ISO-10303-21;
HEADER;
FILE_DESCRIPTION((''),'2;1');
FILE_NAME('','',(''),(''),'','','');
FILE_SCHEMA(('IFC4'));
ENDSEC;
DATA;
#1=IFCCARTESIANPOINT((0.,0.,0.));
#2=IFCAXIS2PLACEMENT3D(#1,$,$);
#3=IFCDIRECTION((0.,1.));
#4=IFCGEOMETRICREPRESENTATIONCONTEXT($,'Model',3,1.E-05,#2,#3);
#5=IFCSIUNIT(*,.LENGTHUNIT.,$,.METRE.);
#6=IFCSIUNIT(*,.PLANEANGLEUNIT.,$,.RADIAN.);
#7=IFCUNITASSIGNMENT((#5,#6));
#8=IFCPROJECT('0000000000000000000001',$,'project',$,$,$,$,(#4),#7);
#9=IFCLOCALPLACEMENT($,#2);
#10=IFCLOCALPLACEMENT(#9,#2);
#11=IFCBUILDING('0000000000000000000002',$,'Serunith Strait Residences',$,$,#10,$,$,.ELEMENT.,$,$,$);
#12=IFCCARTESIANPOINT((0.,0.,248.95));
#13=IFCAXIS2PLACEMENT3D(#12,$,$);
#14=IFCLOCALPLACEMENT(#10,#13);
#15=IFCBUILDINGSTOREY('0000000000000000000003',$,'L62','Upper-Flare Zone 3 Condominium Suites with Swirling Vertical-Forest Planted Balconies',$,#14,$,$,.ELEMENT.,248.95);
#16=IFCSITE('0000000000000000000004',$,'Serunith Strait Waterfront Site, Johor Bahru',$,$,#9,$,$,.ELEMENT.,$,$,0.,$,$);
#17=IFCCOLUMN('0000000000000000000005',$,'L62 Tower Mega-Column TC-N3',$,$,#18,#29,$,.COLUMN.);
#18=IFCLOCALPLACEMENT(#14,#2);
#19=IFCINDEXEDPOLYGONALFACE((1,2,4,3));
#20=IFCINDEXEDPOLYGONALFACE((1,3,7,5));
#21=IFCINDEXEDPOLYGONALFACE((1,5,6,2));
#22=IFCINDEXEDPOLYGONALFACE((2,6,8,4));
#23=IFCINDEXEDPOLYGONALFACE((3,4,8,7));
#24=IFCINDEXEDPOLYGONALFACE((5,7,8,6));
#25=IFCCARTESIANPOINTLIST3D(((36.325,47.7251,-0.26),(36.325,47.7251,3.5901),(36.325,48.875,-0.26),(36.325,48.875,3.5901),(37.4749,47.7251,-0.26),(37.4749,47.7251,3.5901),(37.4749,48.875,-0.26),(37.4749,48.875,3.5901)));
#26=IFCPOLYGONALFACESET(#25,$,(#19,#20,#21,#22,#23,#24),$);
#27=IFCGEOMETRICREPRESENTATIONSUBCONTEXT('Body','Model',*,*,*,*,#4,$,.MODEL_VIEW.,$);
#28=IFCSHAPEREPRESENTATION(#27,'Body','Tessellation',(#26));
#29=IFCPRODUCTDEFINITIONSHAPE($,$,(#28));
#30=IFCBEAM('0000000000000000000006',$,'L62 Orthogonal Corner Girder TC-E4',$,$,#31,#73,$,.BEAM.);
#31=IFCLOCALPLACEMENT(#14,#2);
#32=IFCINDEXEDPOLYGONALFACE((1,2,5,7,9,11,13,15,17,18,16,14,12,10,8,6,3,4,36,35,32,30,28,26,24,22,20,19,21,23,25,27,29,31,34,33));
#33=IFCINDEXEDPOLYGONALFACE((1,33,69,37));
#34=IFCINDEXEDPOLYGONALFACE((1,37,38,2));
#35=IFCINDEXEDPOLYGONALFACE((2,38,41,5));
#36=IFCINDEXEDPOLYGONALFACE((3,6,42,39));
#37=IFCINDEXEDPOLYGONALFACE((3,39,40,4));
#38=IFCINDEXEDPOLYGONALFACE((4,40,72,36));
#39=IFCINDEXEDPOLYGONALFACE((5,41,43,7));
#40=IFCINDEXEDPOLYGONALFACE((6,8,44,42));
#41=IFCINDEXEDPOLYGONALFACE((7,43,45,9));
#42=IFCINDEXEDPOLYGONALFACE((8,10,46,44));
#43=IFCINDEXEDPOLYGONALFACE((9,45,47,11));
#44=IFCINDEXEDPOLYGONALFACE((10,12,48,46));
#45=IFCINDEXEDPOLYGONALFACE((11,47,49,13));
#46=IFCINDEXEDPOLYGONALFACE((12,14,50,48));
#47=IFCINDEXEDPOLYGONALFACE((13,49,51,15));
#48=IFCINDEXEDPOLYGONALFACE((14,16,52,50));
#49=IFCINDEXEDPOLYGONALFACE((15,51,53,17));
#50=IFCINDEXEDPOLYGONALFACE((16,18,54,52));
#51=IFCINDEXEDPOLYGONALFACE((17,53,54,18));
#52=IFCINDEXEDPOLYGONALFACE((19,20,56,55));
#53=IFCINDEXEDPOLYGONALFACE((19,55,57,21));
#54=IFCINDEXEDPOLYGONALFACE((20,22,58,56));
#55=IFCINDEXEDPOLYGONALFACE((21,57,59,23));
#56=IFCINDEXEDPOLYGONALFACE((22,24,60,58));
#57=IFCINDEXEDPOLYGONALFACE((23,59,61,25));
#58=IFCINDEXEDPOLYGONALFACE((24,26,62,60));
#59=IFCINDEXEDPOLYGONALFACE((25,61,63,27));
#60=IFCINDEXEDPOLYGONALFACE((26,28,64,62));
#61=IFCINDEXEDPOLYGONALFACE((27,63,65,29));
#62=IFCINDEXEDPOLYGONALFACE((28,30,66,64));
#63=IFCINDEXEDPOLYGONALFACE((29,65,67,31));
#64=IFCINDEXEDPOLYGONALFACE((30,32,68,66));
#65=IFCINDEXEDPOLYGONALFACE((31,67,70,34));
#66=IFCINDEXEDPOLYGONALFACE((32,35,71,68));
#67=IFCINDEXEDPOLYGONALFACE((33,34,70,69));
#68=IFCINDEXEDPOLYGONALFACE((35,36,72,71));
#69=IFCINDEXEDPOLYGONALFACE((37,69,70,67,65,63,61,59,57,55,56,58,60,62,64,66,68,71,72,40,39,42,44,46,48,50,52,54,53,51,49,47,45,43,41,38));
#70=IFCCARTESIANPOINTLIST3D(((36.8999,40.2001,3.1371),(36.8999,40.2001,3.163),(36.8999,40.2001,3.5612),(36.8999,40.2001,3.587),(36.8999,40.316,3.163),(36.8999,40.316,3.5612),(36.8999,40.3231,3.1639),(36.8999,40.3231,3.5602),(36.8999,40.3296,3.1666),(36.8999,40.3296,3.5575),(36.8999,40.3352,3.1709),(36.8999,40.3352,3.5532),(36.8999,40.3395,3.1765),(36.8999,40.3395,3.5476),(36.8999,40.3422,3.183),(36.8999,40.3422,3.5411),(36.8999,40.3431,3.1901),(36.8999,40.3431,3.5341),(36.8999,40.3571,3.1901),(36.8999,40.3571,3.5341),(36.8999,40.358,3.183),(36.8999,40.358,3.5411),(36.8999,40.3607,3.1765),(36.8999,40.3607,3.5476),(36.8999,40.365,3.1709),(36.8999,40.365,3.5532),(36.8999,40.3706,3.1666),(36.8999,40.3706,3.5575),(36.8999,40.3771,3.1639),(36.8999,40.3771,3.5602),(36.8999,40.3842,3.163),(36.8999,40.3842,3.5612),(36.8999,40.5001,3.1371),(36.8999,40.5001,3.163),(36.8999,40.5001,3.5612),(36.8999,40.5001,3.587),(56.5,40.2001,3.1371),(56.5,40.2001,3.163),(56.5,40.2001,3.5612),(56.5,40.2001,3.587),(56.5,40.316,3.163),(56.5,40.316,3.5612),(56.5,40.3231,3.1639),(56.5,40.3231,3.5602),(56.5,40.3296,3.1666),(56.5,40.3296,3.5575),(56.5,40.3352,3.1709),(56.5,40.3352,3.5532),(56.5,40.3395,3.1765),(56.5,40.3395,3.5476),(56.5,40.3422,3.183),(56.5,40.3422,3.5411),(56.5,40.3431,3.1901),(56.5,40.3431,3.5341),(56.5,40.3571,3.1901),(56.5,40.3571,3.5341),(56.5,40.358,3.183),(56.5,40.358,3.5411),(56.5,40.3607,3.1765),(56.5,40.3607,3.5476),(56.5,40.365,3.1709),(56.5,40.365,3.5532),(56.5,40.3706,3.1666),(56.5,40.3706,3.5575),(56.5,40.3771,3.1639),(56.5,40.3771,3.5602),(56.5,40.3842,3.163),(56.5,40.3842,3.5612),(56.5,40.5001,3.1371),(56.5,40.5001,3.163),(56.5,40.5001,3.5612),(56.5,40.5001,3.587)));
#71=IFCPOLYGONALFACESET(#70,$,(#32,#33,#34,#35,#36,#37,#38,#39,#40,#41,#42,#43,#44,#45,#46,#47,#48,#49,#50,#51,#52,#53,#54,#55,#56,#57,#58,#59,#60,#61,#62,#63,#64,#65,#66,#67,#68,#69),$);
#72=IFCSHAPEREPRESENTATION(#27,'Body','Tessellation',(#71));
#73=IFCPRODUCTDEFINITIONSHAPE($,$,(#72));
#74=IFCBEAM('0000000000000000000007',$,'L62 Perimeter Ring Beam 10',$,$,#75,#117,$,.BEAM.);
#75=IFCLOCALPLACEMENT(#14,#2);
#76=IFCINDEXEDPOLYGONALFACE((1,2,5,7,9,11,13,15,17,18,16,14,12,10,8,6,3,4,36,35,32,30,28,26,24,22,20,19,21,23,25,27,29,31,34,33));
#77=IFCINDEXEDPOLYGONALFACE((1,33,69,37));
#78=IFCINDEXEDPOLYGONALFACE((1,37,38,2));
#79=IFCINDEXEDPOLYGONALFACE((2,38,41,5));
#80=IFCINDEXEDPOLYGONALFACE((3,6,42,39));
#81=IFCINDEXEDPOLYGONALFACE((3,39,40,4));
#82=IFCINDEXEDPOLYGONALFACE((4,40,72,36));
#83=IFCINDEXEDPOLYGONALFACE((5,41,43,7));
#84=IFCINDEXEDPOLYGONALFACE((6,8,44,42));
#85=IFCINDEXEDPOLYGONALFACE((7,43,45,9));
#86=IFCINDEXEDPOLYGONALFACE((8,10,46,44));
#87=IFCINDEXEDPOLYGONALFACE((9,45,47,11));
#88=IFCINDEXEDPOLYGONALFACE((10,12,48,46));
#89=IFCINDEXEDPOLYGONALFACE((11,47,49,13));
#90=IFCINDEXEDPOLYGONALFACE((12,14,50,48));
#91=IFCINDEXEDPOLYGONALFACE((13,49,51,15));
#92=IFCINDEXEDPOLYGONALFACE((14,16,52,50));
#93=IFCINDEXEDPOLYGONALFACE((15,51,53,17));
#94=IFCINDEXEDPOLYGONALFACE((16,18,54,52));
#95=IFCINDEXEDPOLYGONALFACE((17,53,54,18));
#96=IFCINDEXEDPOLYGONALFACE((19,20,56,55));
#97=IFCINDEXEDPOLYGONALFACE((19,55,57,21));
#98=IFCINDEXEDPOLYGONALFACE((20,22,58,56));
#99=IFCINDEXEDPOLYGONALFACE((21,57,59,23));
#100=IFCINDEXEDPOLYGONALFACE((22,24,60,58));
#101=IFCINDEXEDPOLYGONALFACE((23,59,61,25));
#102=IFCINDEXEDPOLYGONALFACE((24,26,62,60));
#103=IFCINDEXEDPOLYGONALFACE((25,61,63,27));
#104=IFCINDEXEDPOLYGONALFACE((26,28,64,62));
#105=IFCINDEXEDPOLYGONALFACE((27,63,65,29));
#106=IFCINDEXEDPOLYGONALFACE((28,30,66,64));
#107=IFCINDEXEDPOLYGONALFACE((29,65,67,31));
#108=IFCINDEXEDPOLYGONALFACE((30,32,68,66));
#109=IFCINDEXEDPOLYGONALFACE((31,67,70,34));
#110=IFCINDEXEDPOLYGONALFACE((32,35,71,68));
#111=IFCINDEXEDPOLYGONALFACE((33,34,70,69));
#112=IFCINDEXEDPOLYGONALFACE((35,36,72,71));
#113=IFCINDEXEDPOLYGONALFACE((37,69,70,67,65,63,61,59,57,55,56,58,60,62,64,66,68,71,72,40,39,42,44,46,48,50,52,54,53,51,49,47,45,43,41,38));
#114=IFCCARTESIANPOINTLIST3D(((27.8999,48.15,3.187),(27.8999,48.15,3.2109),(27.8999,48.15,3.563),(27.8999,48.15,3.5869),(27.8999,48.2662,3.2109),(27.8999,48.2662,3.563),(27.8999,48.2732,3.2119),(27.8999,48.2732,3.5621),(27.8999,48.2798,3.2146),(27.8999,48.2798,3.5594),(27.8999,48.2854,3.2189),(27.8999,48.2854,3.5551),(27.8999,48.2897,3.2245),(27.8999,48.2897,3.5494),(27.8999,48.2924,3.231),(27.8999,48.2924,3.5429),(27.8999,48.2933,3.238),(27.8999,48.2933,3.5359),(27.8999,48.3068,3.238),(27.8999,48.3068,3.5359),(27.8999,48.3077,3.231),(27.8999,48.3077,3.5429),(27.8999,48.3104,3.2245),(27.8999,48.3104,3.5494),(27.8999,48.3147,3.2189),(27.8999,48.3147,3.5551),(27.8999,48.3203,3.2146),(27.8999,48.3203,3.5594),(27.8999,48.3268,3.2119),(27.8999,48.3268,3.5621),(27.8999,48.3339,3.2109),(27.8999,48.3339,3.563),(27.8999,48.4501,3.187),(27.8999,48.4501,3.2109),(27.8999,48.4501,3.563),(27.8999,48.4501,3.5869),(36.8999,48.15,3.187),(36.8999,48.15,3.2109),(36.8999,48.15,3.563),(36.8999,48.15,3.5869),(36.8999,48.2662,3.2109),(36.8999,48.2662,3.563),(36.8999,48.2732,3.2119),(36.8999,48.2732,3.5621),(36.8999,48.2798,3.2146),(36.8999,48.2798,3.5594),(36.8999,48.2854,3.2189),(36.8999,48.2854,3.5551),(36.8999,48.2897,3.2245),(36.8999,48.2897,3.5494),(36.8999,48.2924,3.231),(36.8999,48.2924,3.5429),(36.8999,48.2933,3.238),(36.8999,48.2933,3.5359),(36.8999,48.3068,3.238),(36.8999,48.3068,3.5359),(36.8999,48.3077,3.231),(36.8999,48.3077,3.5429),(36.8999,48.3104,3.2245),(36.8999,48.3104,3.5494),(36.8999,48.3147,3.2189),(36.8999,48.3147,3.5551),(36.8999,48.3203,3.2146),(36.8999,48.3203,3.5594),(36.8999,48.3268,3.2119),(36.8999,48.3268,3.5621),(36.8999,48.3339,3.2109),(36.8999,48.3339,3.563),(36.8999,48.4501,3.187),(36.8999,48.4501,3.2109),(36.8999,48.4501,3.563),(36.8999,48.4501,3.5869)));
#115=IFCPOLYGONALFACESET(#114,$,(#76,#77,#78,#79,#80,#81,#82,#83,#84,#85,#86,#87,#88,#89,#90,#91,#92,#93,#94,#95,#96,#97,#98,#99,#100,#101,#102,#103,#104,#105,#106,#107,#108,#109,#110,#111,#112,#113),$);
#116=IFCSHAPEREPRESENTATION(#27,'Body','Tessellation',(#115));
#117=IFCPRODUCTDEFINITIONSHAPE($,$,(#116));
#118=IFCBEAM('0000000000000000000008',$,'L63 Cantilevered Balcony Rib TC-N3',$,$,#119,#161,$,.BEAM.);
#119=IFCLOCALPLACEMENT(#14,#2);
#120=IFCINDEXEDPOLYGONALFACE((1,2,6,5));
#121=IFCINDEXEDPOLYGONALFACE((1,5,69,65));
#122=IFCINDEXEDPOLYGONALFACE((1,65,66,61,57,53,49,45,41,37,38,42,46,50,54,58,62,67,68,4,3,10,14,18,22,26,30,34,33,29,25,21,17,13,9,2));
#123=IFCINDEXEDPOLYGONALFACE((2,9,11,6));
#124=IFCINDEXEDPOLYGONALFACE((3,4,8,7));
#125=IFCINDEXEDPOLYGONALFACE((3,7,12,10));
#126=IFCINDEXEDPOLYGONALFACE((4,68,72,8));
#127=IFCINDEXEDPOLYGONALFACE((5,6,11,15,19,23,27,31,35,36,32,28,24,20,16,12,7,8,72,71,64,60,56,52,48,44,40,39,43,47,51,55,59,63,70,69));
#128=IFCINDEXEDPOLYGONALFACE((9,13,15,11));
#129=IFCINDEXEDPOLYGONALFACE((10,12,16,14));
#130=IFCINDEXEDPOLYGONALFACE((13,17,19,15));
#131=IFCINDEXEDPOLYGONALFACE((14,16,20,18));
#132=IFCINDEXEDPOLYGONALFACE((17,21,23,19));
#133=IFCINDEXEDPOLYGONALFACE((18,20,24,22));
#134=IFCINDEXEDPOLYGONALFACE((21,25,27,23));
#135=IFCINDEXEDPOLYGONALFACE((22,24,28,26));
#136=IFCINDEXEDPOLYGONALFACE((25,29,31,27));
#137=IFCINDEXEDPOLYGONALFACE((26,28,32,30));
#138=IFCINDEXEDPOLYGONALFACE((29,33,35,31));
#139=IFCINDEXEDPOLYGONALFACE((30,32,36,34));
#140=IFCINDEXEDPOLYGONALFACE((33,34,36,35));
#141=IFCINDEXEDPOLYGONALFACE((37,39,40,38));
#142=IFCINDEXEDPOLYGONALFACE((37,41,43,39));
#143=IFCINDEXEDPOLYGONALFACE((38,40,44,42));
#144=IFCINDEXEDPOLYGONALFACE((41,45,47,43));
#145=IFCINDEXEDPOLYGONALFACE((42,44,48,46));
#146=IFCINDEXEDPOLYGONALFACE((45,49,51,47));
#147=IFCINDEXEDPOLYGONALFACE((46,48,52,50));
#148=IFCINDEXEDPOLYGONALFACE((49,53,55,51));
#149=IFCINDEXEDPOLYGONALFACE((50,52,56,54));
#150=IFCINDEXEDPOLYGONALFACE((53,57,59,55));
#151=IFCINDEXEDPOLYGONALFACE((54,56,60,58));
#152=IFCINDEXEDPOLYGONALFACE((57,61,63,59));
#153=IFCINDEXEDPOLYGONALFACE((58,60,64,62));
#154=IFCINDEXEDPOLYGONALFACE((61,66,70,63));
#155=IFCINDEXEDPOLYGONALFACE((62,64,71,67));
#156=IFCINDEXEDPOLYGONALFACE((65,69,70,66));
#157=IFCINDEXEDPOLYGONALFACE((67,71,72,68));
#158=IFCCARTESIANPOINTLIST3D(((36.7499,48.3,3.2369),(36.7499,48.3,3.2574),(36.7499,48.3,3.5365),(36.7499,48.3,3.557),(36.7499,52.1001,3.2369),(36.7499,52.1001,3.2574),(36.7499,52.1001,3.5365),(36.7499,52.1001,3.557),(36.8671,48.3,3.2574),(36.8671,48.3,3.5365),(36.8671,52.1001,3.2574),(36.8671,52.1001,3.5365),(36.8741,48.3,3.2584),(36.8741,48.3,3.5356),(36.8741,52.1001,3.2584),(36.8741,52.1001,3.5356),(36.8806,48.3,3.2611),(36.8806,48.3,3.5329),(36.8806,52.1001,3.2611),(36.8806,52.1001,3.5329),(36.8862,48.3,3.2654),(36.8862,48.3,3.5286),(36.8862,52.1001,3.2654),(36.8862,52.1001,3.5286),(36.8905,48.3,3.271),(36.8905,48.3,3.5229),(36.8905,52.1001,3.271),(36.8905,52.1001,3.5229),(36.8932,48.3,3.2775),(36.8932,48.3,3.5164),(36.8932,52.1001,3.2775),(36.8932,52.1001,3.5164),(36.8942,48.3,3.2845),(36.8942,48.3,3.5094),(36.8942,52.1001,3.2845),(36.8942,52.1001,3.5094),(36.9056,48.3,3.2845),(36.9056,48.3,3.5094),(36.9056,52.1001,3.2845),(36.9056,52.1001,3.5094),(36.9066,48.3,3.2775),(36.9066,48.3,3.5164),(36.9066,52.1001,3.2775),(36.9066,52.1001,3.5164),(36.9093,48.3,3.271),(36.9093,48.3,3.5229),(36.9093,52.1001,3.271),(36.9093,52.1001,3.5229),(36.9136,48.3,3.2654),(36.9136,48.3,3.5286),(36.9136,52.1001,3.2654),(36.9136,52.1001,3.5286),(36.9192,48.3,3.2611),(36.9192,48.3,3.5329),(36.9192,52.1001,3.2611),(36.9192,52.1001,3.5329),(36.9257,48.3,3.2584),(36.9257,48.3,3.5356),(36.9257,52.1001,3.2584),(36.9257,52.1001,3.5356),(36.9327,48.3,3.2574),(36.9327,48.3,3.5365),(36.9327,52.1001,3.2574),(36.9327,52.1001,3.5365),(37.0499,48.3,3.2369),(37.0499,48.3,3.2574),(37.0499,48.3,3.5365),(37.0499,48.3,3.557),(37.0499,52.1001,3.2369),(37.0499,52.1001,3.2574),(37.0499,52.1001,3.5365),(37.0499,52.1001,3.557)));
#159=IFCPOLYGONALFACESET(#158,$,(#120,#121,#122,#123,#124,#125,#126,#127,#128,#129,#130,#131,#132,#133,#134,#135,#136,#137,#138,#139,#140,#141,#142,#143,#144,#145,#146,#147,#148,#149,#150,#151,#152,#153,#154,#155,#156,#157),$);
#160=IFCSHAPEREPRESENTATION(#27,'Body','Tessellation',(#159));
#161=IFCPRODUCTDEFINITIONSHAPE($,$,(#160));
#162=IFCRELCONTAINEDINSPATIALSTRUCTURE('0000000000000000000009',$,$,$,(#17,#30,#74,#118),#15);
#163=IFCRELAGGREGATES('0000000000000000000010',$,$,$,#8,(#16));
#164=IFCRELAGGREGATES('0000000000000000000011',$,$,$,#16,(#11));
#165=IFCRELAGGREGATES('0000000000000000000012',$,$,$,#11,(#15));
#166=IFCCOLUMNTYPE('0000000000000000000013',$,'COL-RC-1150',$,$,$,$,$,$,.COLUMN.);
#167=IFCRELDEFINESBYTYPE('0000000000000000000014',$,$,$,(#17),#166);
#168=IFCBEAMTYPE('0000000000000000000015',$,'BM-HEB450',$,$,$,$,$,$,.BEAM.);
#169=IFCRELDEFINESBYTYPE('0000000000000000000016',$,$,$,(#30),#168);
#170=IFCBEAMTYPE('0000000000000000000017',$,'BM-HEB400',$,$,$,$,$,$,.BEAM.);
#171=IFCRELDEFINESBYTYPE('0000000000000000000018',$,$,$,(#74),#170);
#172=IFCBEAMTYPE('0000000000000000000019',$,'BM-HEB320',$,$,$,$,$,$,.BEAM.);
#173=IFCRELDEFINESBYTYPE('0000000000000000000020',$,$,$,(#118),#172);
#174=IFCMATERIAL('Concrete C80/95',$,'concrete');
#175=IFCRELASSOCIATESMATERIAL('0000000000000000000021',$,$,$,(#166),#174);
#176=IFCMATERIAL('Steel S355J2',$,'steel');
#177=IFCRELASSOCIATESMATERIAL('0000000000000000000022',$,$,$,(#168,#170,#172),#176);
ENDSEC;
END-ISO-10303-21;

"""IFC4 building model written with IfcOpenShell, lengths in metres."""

from ifc_helpers import new_model, si_unit, direction, frame, origin, origin_2d, place, context, subcontext, project, spatial, rectangle, i_section, extrude, source, transform, mapped, material, material_profile, profile_set, type_object, element, save


model = new_model("IFC4")

# Units and contexts
model_context = context("Model", 3, precision=1e-05, world=origin(), true_north=direction((0.0, 1.0)))
body_context = subcontext(model_context, "Body", "Model", "MODEL_VIEW")
ifc_project = project(units=[si_unit("LENGTHUNIT", "METRE"), si_unit("PLANEANGLEUNIT", "RADIAN")], contexts=[model_context])

# Site, building, storey
site_placement = place(None, origin())
site = spatial("IfcSite", under=ifc_project, at=site_placement, Name="Serunith Strait Waterfront Site, Johor Bahru", CompositionType="ELEMENT", RefElevation=0.0)
building_placement = place(site_placement, origin())
building = spatial("IfcBuilding", under=site, at=building_placement, Name="Serunith Strait Residences", CompositionType="ELEMENT")
storey_placement = place(building_placement, frame((0.0, 0.0, 248.95)))
storey = spatial("IfcBuildingStorey", under=building, at=storey_placement, Name="L62", Description="Upper-Flare Zone 3 Condominium Suites with Swirling Vertical-Forest Planted Balconies", CompositionType="ELEMENT", Elevation=248.95)

# Column
ifc_material_1 = material(Name="Concrete C80/95", Category="concrete")
ifc_material_profile_1 = material_profile(ifc_material_1, rectangle(XDim=1.1499, YDim=1.1499, at=origin_2d()), Name="RC 1150x1150")
ifc_profile_set_1 = profile_set([ifc_material_profile_1], Name="Concrete C80/95")
column_type = type_object("IfcColumnType", Name="COL-RC-1150", PredefinedType="COLUMN", material=ifc_profile_set_1)
shared_shape_1 = source(origin(), body_context, "Body", "SweptSolid", [
    extrude(rectangle(XDim=1.1499, YDim=1.1499, at=origin_2d()), origin(), (0.0, 0.0, 1.0), 3.8501),
])
column_placement = place(storey_placement, frame((36.8999, 48.3, -0.26), z_axis=(0.0, 0.0, 1.0), x_axis=(1.0, 0.0, 0.0)))
element("IfcColumn", 1, at=column_placement, inside=storey, type_object=column_type, Name="L62 Tower Mega-Column TC-N3", PredefinedType="COLUMN", context=body_context, shape_type="MappedRepresentation", body=[
    mapped(shared_shape_1, transform((0.0, 0.0, 0.0), scale=1.0)),
])

# Beams
ifc_material_2 = material(Name="Steel S355J2", Category="steel")
ifc_material_profile_2 = material_profile(ifc_material_2, i_section(OverallWidth=0.3, OverallDepth=0.45, WebThickness=0.0139, FlangeThickness=0.0259, FilletRadius=0.0271, at=origin_2d()), Name="HEB 450")
ifc_profile_set_2 = profile_set([ifc_material_profile_2], Name="Steel S355J2")
beam_type_1 = type_object("IfcBeamType", Name="BM-HEB450", PredefinedType="BEAM", material=ifc_profile_set_2)
shared_shape_2 = source(origin(), body_context, "Body", "SweptSolid", [
    extrude(i_section(OverallWidth=0.3, OverallDepth=0.45, WebThickness=0.0139, FlangeThickness=0.0259, FilletRadius=0.0271, at=origin_2d()), origin(), (0.0, 0.0, 1.0), 19.6001),
])
beam_1_placement = place(storey_placement, frame((36.8999, 40.3501, 3.3621), z_axis=(1.0, 0.0, 0.0), x_axis=(0.0, 1.0, 0.0)))
element("IfcBeam", 2, at=beam_1_placement, inside=storey, type_object=beam_type_1, Name="L62 Orthogonal Corner Girder TC-E4", PredefinedType="BEAM", context=body_context, shape_type="MappedRepresentation", body=[
    mapped(shared_shape_2, transform((0.0, 0.0, 0.0), scale=1.0)),
])
ifc_material_profile_3 = material_profile(ifc_material_2, i_section(OverallWidth=0.3, OverallDepth=0.3999, WebThickness=0.0134, FlangeThickness=0.0239, FilletRadius=0.0271, at=origin_2d()), Name="HEB 400")
ifc_profile_set_3 = profile_set([ifc_material_profile_3], Name="Steel S355J2")
beam_type_2 = type_object("IfcBeamType", Name="BM-HEB400", PredefinedType="BEAM", material=ifc_profile_set_3)
shared_shape_3 = source(origin(), body_context, "Body", "SweptSolid", [
    extrude(i_section(OverallWidth=0.3, OverallDepth=0.3999, WebThickness=0.0134, FlangeThickness=0.0239, FilletRadius=0.0271, at=origin_2d()), origin(), (0.0, 0.0, 1.0), 9.0),
])
beam_2_placement = place(storey_placement, frame((36.8999, 48.3, 3.387), z_axis=(-1.0, 0.0, 0.0), x_axis=(0.0, -1.0, 0.0)))
element("IfcBeam", 3, at=beam_2_placement, inside=storey, type_object=beam_type_2, Name="L62 Perimeter Ring Beam 10", PredefinedType="BEAM", context=body_context, shape_type="MappedRepresentation", body=[
    mapped(shared_shape_3, transform((0.0, 0.0, 0.0), scale=1.0)),
])
ifc_material_profile_4 = material_profile(ifc_material_2, i_section(OverallWidth=0.3, OverallDepth=0.3201, WebThickness=0.0115, FlangeThickness=0.0205, FilletRadius=0.0271, at=origin_2d()), Name="HEB 320")
ifc_profile_set_4 = profile_set([ifc_material_profile_4], Name="Steel S355J2")
beam_type_3 = type_object("IfcBeamType", Name="BM-HEB320", PredefinedType="BEAM", material=ifc_profile_set_4)
shared_shape_4 = source(origin(), body_context, "Body", "SweptSolid", [
    extrude(i_section(OverallWidth=0.3, OverallDepth=0.3201, WebThickness=0.0115, FlangeThickness=0.0205, FilletRadius=0.0271, at=origin_2d()), origin(), (0.0, 0.0, 1.0), 3.8),
])
beam_3_placement = place(storey_placement, frame((36.8999, 48.3, 3.397), z_axis=(0.0, 1.0, 0.0), x_axis=(-1.0, 0.0, 0.0)))
element("IfcBeam", 4, at=beam_3_placement, inside=storey, type_object=beam_type_3, Name="L63 Cantilevered Balcony Rib TC-N3", PredefinedType="BEAM", context=body_context, shape_type="MappedRepresentation", body=[
    mapped(shared_shape_4, transform((0.0, 0.0, 0.0), scale=1.0)),
])

save(model, "model.ifc")
